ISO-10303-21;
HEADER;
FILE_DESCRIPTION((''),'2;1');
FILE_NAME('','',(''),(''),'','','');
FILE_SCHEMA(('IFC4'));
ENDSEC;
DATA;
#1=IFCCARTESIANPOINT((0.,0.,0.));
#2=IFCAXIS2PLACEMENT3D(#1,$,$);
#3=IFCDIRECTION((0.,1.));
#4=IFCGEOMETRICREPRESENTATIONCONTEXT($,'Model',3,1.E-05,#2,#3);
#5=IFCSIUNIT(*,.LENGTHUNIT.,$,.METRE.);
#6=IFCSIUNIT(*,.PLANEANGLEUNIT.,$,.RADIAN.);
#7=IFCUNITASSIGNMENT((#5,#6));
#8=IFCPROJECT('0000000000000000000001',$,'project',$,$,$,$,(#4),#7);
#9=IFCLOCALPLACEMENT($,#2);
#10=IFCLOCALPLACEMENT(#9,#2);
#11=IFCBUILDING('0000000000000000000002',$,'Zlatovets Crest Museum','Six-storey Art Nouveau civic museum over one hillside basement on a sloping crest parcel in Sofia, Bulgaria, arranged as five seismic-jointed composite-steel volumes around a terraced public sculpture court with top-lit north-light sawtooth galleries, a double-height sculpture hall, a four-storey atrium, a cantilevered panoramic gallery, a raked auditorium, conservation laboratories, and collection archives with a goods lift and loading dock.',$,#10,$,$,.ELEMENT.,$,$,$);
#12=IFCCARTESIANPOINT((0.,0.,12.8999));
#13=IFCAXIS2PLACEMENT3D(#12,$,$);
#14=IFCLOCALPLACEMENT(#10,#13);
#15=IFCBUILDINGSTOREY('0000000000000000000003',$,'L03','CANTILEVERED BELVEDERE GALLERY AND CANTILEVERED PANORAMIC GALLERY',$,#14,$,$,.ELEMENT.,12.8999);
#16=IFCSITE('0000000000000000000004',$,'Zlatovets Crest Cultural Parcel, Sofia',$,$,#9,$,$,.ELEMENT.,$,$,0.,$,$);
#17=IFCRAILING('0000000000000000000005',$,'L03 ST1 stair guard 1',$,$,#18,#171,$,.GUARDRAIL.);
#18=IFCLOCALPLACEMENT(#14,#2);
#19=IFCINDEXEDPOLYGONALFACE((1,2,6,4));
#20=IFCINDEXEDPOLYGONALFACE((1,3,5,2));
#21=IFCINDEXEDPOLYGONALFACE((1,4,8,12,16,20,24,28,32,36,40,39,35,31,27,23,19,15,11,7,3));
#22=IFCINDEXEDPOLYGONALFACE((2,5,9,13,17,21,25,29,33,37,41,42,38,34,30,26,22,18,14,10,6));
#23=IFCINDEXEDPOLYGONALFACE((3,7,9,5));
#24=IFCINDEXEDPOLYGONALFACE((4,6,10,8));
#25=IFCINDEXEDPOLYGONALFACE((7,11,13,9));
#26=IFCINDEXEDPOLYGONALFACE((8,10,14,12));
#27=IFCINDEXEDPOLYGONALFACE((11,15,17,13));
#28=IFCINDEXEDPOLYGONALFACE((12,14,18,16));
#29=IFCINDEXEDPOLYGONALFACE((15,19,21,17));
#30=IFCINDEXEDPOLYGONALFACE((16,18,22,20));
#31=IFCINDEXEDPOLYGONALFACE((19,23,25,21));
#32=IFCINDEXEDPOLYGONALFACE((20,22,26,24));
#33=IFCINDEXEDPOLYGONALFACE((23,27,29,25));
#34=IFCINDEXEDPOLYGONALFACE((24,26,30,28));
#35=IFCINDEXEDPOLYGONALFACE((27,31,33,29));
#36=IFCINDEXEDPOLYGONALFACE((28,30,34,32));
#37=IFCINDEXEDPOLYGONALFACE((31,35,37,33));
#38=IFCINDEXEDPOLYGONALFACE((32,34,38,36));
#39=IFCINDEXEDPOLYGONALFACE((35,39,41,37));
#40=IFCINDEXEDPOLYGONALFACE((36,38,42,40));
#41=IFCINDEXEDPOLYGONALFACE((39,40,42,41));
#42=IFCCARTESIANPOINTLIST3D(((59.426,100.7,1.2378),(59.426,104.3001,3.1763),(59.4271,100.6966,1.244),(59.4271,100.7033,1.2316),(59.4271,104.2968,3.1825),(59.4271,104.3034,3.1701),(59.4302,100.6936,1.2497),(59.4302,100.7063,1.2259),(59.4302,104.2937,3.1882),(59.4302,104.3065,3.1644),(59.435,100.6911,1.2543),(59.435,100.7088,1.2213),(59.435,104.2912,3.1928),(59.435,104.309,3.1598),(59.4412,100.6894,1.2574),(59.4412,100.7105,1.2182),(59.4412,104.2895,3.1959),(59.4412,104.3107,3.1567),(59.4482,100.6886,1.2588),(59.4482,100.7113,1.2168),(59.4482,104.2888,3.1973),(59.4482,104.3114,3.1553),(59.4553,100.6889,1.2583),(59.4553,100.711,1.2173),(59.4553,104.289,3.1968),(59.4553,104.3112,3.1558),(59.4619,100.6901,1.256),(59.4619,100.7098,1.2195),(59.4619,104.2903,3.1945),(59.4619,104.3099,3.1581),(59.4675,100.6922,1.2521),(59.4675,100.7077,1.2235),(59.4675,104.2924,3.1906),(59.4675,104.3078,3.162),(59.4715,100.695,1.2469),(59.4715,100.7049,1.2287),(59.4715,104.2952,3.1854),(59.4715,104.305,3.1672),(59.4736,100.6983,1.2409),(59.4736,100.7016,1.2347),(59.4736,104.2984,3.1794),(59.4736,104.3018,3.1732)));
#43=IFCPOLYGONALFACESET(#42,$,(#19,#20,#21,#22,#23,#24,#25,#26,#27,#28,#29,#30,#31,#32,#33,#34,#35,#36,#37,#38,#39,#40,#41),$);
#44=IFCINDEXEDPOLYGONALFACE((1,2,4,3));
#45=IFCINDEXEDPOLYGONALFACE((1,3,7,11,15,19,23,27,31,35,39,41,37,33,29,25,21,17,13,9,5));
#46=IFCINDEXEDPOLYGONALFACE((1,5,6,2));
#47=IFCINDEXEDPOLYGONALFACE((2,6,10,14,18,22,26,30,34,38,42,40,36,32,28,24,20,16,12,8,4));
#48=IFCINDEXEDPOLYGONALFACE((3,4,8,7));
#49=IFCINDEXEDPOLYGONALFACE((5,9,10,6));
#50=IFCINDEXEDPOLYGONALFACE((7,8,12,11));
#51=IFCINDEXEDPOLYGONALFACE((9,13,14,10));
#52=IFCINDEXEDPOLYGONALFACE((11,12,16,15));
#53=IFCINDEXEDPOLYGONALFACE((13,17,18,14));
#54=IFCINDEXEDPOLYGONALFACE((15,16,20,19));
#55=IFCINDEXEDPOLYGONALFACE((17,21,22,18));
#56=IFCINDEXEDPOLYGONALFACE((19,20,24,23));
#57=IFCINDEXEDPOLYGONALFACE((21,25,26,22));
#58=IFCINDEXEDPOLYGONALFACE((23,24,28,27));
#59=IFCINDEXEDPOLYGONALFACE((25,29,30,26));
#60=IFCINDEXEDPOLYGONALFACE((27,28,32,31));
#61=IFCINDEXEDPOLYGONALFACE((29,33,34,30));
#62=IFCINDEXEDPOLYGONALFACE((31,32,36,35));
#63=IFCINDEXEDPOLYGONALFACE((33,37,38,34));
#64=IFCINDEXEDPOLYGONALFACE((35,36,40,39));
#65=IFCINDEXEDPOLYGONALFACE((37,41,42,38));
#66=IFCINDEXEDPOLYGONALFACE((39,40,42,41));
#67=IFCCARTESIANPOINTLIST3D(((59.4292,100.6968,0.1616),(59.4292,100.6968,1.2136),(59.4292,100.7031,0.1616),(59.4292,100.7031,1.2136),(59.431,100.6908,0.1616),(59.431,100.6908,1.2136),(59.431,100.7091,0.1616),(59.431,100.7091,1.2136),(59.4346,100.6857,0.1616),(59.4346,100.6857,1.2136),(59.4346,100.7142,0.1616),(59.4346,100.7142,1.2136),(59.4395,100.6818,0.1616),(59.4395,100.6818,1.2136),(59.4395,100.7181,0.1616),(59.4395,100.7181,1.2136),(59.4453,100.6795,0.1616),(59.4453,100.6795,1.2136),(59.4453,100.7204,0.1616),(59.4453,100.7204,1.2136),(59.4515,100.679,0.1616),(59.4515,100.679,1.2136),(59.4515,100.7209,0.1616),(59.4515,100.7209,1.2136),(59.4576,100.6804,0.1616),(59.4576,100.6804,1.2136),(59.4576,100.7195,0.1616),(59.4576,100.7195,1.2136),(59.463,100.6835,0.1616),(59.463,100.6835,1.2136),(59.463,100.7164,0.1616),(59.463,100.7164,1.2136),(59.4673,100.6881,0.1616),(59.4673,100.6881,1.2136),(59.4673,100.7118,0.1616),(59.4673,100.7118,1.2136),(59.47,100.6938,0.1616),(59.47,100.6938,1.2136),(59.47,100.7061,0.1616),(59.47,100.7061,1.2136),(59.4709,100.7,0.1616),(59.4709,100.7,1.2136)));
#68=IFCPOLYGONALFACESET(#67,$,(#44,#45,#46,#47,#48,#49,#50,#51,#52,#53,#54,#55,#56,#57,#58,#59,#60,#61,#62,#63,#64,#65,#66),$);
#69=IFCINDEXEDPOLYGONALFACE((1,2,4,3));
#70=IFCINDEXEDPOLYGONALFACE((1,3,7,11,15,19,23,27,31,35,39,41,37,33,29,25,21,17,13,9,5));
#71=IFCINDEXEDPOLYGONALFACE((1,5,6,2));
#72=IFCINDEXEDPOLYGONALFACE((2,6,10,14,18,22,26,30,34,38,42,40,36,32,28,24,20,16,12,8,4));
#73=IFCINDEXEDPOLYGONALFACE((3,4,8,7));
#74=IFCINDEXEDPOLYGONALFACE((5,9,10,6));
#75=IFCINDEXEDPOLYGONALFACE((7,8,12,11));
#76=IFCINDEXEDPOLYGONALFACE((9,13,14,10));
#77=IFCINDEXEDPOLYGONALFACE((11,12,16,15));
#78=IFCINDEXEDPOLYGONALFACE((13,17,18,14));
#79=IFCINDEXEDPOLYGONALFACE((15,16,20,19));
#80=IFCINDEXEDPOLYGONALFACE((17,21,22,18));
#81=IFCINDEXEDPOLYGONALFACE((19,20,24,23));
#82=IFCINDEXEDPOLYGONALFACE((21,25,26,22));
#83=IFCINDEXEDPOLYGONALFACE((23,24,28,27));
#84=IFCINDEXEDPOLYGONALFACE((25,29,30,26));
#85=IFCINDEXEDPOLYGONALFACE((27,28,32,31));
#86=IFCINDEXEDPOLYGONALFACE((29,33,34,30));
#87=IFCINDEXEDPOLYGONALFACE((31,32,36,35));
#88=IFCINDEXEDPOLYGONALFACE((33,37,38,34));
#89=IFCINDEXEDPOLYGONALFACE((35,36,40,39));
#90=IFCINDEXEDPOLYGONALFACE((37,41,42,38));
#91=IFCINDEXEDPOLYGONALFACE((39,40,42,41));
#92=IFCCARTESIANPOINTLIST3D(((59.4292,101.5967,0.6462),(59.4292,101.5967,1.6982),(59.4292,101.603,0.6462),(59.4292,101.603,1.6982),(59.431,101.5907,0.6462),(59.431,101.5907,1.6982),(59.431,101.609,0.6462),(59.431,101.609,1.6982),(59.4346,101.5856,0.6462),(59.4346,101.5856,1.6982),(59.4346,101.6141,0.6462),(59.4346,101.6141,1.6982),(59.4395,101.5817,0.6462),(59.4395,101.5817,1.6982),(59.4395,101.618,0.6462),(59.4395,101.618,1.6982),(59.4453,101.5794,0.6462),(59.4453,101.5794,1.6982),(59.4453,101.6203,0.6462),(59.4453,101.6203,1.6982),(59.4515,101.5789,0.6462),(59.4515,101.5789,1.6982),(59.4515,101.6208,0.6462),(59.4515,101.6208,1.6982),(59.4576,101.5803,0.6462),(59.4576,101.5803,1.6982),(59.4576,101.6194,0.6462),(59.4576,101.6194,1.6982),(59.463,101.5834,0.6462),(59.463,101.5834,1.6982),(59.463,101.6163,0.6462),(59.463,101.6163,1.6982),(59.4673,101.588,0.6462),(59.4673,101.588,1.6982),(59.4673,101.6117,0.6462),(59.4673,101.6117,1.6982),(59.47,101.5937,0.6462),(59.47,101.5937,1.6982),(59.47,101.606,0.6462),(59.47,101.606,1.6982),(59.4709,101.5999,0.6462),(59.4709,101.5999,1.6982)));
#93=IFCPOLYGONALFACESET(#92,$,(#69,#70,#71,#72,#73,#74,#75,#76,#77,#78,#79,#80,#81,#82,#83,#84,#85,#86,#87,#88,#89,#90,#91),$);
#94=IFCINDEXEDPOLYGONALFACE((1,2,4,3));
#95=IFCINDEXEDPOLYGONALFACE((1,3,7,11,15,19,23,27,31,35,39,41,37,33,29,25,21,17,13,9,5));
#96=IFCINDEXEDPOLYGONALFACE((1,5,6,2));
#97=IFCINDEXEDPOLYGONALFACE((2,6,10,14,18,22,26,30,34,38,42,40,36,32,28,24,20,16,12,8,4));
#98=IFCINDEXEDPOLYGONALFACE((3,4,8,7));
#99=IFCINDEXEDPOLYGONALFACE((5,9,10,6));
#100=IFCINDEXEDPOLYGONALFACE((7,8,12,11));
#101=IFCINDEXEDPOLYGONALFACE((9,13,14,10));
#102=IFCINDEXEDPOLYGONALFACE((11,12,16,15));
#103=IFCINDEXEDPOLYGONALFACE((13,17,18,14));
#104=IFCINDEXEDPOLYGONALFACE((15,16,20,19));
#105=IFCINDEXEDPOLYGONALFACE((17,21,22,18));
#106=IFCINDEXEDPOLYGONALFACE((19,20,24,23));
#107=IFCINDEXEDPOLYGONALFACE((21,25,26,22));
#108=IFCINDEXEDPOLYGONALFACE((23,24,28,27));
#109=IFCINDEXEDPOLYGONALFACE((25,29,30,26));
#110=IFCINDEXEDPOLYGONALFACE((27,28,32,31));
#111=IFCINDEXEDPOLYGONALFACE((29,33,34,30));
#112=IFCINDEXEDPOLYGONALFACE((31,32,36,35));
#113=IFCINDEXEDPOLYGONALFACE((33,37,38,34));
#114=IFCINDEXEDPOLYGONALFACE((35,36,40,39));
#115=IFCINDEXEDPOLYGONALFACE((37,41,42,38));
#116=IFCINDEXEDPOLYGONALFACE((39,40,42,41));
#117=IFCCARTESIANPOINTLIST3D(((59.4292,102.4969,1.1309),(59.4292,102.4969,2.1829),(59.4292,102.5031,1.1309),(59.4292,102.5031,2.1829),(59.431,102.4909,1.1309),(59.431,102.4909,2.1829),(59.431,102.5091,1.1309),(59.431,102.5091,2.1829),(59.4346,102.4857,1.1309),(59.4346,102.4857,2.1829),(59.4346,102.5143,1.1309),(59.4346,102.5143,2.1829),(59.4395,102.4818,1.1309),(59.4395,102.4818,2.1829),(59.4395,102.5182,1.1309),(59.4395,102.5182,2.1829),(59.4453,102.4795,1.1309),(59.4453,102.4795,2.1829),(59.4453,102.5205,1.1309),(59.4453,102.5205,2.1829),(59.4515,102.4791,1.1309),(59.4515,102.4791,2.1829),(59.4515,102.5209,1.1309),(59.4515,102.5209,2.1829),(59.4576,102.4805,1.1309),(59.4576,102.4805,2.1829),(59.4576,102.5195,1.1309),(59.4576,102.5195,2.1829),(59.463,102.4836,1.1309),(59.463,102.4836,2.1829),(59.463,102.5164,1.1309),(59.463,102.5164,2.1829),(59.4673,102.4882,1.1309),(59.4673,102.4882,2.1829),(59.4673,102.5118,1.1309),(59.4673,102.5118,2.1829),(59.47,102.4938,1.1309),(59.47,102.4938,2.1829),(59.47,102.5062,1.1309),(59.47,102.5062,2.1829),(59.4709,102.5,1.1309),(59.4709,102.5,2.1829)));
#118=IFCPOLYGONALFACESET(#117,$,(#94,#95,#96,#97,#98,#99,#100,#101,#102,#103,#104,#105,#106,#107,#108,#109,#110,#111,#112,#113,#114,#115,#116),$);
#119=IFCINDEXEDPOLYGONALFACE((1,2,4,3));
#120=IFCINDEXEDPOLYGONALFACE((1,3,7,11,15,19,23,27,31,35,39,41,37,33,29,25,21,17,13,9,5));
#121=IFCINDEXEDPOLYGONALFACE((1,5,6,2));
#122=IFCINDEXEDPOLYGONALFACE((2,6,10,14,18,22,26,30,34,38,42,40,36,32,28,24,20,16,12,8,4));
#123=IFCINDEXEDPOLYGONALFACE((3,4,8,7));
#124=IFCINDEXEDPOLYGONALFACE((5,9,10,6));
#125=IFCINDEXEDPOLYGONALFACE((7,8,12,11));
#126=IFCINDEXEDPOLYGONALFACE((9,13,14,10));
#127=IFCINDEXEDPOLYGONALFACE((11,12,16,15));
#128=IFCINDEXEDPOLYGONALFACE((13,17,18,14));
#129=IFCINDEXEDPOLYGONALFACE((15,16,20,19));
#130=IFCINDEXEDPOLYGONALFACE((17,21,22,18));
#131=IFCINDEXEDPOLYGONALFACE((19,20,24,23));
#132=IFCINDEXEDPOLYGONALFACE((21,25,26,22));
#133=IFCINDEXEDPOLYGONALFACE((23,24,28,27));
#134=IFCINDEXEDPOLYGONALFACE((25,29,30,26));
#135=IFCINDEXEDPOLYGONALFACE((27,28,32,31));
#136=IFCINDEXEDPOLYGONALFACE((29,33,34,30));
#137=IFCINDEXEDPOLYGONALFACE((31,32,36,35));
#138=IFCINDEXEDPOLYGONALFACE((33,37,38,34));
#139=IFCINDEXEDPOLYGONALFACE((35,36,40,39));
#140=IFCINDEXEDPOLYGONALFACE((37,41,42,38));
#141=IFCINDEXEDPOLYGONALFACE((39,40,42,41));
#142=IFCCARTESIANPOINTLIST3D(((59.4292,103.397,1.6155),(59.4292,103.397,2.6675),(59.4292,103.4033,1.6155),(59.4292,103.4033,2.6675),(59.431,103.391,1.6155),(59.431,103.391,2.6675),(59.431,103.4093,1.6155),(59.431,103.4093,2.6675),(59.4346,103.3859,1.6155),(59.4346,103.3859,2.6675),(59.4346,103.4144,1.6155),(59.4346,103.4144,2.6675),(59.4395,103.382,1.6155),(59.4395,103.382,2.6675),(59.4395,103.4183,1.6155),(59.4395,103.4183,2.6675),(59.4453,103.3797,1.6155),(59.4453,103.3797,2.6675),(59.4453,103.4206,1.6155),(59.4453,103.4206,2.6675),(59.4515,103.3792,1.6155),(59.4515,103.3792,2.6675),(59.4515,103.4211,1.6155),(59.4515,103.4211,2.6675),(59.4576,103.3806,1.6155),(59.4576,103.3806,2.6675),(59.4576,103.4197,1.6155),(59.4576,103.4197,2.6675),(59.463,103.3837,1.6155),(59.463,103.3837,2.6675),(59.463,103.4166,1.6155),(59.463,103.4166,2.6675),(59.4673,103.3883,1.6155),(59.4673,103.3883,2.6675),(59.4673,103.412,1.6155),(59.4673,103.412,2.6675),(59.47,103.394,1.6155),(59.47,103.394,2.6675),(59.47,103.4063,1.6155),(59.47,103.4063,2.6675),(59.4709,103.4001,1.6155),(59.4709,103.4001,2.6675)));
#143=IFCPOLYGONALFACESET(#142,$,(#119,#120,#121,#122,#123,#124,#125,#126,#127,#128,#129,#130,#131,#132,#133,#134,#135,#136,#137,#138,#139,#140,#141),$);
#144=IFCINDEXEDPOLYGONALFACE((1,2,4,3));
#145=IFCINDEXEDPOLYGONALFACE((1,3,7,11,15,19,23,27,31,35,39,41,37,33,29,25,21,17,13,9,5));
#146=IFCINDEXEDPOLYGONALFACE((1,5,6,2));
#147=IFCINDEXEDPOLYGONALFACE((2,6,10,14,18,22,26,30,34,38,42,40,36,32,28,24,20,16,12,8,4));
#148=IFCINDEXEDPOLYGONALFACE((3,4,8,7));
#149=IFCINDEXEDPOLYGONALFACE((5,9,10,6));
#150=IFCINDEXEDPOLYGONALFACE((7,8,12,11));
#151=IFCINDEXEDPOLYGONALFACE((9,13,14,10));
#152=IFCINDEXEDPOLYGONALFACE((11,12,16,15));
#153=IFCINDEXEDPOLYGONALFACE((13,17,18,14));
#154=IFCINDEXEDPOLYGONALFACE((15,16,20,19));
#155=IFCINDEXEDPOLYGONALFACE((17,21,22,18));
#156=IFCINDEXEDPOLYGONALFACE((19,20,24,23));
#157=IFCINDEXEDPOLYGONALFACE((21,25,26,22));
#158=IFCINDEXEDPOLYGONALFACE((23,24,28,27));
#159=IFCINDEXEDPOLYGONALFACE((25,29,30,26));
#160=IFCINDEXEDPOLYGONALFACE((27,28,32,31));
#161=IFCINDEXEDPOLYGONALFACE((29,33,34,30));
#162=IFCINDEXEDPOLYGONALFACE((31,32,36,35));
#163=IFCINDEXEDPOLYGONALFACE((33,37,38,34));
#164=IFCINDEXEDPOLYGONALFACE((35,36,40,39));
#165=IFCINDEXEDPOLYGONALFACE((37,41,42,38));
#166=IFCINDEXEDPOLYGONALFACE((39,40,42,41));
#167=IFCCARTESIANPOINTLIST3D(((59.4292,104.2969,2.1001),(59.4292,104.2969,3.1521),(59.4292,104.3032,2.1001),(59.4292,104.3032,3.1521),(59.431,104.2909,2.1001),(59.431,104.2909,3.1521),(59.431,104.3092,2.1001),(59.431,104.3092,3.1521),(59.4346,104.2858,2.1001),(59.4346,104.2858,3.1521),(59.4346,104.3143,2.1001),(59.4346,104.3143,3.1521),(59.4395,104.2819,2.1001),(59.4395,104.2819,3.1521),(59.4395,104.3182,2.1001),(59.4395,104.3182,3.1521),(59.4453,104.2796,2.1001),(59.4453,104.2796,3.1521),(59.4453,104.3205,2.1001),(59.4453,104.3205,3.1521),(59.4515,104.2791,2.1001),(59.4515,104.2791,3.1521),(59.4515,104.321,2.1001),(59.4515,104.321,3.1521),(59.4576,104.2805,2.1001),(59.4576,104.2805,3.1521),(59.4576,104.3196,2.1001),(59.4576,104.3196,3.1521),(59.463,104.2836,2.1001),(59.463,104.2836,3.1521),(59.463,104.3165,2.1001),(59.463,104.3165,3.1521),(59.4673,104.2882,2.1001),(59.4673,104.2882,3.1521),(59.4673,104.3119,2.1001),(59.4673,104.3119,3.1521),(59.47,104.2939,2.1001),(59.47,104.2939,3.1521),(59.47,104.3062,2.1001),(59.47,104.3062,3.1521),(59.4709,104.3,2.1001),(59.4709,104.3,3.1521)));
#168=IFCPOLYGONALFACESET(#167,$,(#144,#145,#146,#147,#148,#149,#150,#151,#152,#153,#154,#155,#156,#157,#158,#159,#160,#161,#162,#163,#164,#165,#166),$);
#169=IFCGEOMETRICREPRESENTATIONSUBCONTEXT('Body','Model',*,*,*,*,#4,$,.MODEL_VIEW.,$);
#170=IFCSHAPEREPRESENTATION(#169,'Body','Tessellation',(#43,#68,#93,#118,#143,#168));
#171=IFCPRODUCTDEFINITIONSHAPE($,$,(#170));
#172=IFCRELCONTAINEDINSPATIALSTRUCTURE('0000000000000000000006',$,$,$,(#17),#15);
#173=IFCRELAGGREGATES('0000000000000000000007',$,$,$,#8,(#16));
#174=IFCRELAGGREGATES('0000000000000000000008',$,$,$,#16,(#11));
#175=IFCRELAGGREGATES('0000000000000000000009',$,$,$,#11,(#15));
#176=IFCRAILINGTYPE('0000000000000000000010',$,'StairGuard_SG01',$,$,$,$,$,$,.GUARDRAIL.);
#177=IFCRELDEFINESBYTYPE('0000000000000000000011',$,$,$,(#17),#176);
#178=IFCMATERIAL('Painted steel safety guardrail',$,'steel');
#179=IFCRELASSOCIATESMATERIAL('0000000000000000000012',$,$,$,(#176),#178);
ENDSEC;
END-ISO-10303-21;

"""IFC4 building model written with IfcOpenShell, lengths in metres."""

from ifc_helpers import new_model, si_unit, direction, frame, origin, origin_2d, place, context, subcontext, project, spatial, circle, extrude, material, type_object, element, save


model = new_model("IFC4")

# Units and contexts
model_context = context("Model", 3, precision=1e-05, world=origin(), true_north=direction((0.0, 1.0)))
body_context = subcontext(model_context, "Body", "Model", "MODEL_VIEW")
ifc_project = project(units=[si_unit("LENGTHUNIT", "METRE"), si_unit("PLANEANGLEUNIT", "RADIAN")], contexts=[model_context])

# Site, building, storey
site_placement = place(None, origin())
site = spatial("IfcSite", under=ifc_project, at=site_placement, Name="Zlatovets Crest Cultural Parcel, Sofia", CompositionType="ELEMENT", RefElevation=0.0)
building_placement = place(site_placement, origin())
building = spatial("IfcBuilding", under=site, at=building_placement, Name="Zlatovets Crest Museum", Description="Six-storey Art Nouveau civic museum over one hillside basement on a sloping crest parcel in Sofia, Bulgaria, arranged as five seismic-jointed composite-steel volumes around a terraced public sculpture court with top-lit north-light sawtooth galleries, a double-height sculpture hall, a four-storey atrium, a cantilevered panoramic gallery, a raked auditorium, conservation laboratories, and collection archives with a goods lift and loading dock.", CompositionType="ELEMENT")
storey_placement = place(building_placement, frame((0.0, 0.0, 12.8999)))
storey = spatial("IfcBuildingStorey", under=building, at=storey_placement, Name="L03", Description="CANTILEVERED BELVEDERE GALLERY AND CANTILEVERED PANORAMIC GALLERY", CompositionType="ELEMENT", Elevation=12.8999)

# Railing
ifc_material_1 = material(Name="Painted steel safety guardrail", Category="steel")
railing_type_1 = type_object("IfcRailingType", Name="StairGuard_SG01", PredefinedType="GUARDRAIL", material=ifc_material_1)
railing_1_placement = place(storey_placement, frame((59.45, 100.7, 0.1616)))
element("IfcRailing", 1, at=railing_1_placement, inside=storey, type_object=railing_type_1, Name="L03 ST1 stair guard 1", PredefinedType="GUARDRAIL", context=body_context, shape_type="SweptSolid", body=[
    extrude(circle(Radius=0.0239, at=origin_2d()), frame((0.0, 0.0, 1.0762), z_axis=(0.0, 0.880475, 0.474093), x_axis=(-1.0, 0.0, 0.0)), (0.0, 0.0, 1.0), 4.0889),
    extrude(circle(Radius=0.021, at=origin_2d()), origin(), (0.0, 0.0, 1.0), 1.052),
    extrude(circle(Radius=0.021, at=origin_2d()), frame((0.0, 0.8999, 0.4846)), (0.0, 0.0, 1.0), 1.052),
    extrude(circle(Radius=0.021, at=origin_2d()), frame((0.0, 1.8, 0.9692)), (0.0, 0.0, 1.0), 1.052),
    extrude(circle(Radius=0.021, at=origin_2d()), frame((0.0, 2.7002, 1.4539)), (0.0, 0.0, 1.0), 1.052),
    extrude(circle(Radius=0.021, at=origin_2d()), frame((0.0, 3.6001, 1.9385)), (0.0, 0.0, 1.0), 1.052),
])

save(model, "model.ifc")
